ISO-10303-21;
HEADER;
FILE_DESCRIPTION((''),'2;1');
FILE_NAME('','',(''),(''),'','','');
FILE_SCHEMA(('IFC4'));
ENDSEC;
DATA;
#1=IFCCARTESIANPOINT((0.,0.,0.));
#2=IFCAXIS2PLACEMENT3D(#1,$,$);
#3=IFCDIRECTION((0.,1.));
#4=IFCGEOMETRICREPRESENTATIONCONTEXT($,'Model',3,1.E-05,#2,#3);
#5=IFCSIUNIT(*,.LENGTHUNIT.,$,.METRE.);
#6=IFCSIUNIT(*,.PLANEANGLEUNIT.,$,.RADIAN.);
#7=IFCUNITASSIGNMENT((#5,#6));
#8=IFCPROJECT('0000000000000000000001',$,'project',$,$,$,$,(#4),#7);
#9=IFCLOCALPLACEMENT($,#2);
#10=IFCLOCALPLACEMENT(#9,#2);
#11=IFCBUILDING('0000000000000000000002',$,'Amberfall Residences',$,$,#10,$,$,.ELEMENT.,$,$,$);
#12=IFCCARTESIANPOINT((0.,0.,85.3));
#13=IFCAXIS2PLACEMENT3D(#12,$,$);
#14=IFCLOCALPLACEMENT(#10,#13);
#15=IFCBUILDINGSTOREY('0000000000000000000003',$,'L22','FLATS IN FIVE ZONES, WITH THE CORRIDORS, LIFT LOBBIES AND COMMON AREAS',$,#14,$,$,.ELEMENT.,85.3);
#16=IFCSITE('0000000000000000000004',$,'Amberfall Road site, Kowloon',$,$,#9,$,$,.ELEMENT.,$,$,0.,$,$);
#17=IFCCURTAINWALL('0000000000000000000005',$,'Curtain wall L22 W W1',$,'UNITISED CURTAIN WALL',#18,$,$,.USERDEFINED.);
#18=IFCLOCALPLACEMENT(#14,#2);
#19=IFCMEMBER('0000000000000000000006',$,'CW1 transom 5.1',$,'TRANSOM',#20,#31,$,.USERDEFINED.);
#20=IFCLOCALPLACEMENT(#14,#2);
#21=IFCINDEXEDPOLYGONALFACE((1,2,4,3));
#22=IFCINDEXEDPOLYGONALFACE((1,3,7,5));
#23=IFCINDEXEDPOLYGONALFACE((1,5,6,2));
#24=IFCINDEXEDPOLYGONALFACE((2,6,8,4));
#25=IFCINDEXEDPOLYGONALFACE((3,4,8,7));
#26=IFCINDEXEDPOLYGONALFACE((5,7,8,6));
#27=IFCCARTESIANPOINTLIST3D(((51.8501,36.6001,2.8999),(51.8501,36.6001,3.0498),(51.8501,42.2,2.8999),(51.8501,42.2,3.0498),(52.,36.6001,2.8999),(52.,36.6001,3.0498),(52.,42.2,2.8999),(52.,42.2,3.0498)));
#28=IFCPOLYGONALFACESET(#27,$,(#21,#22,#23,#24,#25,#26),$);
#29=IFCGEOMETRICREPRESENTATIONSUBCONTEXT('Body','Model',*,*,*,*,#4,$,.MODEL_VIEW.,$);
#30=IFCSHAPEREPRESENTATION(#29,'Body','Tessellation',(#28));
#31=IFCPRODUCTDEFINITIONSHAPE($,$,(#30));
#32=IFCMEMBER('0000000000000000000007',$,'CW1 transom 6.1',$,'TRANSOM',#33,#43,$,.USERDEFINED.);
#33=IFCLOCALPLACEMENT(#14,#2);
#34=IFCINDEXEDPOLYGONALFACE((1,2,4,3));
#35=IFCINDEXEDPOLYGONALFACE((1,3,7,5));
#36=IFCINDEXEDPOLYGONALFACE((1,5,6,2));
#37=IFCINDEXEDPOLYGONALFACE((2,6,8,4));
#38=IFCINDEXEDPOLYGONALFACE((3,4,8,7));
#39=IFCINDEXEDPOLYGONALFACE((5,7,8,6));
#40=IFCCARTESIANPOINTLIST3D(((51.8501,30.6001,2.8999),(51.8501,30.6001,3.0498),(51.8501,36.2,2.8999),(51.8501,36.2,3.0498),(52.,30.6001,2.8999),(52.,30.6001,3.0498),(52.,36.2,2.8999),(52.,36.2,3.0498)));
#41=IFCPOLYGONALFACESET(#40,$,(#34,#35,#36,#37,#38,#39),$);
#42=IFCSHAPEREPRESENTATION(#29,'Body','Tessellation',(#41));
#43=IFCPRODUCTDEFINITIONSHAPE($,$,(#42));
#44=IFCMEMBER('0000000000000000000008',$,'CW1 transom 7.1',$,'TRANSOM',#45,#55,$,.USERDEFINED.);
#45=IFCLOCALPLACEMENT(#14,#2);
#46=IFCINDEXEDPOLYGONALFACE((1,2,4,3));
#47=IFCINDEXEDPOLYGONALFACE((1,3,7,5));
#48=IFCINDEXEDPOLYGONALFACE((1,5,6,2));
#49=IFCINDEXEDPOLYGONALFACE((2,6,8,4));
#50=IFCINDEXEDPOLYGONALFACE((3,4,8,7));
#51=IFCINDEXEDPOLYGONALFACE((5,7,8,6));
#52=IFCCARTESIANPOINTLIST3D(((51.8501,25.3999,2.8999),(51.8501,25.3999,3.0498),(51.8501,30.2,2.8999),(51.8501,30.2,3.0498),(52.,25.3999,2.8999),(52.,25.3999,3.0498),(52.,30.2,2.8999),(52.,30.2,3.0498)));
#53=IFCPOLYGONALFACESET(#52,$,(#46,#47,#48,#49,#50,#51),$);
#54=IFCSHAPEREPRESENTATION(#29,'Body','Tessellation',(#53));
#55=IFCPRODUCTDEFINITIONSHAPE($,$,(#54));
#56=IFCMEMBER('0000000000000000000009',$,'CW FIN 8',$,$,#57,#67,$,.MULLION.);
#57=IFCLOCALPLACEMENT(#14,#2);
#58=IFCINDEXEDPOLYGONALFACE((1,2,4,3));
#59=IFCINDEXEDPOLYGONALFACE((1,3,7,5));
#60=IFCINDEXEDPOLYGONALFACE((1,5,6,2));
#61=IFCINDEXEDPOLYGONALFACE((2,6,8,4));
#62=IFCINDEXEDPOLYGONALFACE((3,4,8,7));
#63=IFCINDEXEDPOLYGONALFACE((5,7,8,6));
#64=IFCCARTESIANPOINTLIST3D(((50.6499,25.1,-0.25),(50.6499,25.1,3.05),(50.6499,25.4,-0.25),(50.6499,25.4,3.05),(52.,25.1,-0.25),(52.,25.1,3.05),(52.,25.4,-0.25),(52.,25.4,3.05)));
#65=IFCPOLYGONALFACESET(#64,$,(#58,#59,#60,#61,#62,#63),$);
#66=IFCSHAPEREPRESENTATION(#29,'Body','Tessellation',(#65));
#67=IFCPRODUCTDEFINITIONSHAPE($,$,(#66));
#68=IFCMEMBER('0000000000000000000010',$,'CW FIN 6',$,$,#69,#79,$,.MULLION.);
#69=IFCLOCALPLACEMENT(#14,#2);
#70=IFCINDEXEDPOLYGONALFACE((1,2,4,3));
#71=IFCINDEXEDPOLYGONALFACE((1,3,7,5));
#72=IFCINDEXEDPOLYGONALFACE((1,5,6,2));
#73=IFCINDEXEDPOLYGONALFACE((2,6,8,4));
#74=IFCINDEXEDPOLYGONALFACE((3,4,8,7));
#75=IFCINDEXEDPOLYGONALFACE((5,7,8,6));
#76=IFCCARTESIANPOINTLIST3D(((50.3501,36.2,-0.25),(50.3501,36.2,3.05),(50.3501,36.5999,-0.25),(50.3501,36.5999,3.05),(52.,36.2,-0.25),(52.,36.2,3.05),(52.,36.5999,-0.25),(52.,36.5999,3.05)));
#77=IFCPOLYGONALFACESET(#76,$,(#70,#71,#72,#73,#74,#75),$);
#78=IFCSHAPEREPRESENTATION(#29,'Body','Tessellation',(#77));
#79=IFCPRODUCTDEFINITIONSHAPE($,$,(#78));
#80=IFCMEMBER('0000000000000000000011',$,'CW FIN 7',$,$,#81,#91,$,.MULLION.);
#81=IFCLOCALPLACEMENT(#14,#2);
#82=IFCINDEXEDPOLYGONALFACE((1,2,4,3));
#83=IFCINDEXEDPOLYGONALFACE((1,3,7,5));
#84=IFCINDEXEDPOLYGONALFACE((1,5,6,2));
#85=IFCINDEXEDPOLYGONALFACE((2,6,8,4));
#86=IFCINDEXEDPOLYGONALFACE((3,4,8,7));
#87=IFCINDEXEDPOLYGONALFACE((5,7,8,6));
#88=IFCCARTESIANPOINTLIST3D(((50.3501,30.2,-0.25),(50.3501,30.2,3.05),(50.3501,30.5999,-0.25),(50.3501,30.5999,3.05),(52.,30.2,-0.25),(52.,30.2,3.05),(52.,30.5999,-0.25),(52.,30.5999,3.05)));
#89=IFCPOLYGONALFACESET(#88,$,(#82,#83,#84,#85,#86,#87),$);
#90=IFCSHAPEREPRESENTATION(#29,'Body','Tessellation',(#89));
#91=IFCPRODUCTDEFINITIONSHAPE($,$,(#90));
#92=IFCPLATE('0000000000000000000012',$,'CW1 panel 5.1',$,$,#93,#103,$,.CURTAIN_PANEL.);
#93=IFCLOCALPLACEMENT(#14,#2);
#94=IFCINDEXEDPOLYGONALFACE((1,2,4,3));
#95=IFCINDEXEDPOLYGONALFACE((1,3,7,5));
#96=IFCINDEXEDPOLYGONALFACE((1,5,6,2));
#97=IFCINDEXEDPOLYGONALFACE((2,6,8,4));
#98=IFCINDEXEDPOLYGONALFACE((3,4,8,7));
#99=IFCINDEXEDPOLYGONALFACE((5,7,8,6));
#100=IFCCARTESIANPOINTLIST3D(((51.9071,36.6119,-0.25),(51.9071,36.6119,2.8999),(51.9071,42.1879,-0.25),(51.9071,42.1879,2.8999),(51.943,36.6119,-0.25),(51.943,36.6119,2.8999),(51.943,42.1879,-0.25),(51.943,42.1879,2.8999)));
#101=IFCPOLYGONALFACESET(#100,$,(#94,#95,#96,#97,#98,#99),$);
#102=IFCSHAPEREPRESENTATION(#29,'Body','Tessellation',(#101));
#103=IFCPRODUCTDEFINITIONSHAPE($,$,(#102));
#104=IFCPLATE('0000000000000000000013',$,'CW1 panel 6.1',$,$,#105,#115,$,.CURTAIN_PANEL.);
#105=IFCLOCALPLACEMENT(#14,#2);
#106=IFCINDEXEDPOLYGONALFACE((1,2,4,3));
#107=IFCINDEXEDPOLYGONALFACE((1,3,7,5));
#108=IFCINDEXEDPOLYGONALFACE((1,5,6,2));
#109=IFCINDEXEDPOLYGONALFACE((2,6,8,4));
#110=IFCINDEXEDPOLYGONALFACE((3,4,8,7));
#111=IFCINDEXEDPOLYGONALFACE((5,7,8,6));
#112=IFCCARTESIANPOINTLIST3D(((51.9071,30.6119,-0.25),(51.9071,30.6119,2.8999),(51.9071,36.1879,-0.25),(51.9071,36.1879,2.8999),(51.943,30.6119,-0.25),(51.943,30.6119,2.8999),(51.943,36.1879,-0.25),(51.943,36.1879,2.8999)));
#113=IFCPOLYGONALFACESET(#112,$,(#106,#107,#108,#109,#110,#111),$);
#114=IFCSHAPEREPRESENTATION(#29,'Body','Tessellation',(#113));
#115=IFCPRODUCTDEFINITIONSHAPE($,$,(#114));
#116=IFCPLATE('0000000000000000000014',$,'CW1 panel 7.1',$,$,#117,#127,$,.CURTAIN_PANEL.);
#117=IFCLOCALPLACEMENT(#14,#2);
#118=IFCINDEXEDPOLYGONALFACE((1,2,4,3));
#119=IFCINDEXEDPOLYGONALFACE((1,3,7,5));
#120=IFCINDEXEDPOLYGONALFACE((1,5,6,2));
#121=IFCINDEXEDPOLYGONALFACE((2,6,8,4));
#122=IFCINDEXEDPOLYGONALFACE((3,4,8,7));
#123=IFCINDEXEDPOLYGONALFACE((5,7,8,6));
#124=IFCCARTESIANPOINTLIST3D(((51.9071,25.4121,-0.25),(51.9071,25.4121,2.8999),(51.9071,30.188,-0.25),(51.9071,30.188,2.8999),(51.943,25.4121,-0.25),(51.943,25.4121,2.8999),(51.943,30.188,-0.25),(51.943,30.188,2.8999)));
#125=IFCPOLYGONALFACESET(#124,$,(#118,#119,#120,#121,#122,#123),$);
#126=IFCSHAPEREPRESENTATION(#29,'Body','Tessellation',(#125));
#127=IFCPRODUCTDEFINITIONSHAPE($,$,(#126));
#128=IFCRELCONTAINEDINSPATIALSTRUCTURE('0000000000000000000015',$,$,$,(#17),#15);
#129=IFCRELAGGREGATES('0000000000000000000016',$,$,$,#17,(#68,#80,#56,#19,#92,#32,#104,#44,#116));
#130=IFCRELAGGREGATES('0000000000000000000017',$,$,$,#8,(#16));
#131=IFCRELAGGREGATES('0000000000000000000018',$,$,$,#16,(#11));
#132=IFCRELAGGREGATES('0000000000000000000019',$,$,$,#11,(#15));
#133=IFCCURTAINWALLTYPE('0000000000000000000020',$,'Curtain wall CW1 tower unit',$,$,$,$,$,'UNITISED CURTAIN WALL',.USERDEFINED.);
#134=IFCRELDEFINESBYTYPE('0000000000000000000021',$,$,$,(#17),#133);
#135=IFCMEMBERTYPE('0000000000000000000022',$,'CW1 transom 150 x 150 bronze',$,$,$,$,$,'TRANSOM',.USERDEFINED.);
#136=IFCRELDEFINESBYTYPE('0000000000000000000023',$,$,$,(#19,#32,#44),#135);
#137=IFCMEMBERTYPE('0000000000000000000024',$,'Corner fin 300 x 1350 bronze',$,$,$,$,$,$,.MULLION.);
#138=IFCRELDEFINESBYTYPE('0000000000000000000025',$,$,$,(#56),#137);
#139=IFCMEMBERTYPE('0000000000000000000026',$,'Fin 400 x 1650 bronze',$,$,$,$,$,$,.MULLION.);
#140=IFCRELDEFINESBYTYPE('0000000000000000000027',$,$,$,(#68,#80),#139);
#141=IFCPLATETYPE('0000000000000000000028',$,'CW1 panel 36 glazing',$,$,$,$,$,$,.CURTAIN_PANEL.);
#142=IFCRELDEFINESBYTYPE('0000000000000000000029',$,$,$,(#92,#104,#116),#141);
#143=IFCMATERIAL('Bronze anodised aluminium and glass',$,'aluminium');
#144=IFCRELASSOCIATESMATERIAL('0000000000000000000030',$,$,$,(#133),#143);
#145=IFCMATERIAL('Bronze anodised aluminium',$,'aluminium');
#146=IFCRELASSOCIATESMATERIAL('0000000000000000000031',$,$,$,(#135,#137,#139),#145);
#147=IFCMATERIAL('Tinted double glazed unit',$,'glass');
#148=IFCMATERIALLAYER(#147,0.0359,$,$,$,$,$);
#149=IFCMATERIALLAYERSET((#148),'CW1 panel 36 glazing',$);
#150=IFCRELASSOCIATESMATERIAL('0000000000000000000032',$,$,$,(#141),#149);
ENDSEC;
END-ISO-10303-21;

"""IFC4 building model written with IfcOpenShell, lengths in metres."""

from ifc_helpers import new_model, si_unit, direction, frame, origin, origin_2d, place, context, subcontext, project, spatial, rectangle, extrude, material, layer, layer_set, material_profile, profile_set, type_object, element, aggregate, save


model = new_model("IFC4")

# Units and contexts
model_context = context("Model", 3, precision=1e-05, world=origin(), true_north=direction((0.0, 1.0)))
body_context = subcontext(model_context, "Body", "Model", "MODEL_VIEW")
ifc_project = project(units=[si_unit("LENGTHUNIT", "METRE"), si_unit("PLANEANGLEUNIT", "RADIAN")], contexts=[model_context])

# Site, building, storey
site_placement = place(None, origin())
site = spatial("IfcSite", under=ifc_project, at=site_placement, Name="Amberfall Road site, Kowloon", CompositionType="ELEMENT", RefElevation=0.0)
building_placement = place(site_placement, origin())
building = spatial("IfcBuilding", under=site, at=building_placement, Name="Amberfall Residences", CompositionType="ELEMENT")
storey_placement = place(building_placement, frame((0.0, 0.0, 85.3)))
storey = spatial("IfcBuildingStorey", under=building, at=storey_placement, Name="L22", Description="FLATS IN FIVE ZONES, WITH THE CORRIDORS, LIFT LOBBIES AND COMMON AREAS", CompositionType="ELEMENT", Elevation=85.3)

# Curtain wall, members, plates
ifc_material_1 = material(Name="Bronze anodised aluminium and glass", Category="aluminium")
curtain_wall_type = type_object("IfcCurtainWallType", Name="Curtain wall CW1 tower unit", ElementType="UNITISED CURTAIN WALL", PredefinedType="USERDEFINED", material=ifc_material_1)
curtain_wall_placement = place(storey_placement, origin())
curtain_wall = element("IfcCurtainWall", 1, at=curtain_wall_placement, inside=storey, type_object=curtain_wall_type, Name="Curtain wall L22 W W1", ObjectType="UNITISED CURTAIN WALL", PredefinedType="USERDEFINED")
ifc_material_2 = material(Name="Bronze anodised aluminium", Category="aluminium")
ifc_material_profile_1 = material_profile(ifc_material_2, rectangle(XDim=0.1499, YDim=0.1499, at=origin_2d()), Name="CW1 transom 150 x 150 bronze")
ifc_profile_set_1 = profile_set([ifc_material_profile_1], Name="Bronze anodised aluminium")
member_type_1 = type_object("IfcMemberType", Name="CW1 transom 150 x 150 bronze", ElementType="TRANSOM", PredefinedType="USERDEFINED", material=ifc_profile_set_1)
member_1_placement = place(storey_placement, frame((51.925, 42.2, 2.9749), z_axis=(0.0, -1.0, 0.0), x_axis=(1.0, 0.0, 0.0)))
member_1 = element("IfcMember", 2, at=member_1_placement, type_object=member_type_1, Name="CW1 transom 5.1", ObjectType="TRANSOM", PredefinedType="USERDEFINED", context=body_context, shape_type="SweptSolid", body=[
    extrude(rectangle(XDim=0.1499, YDim=0.1499, at=origin_2d()), origin(), (0.0, 0.0, 1.0), 5.5999),
])
member_2_placement = place(storey_placement, frame((51.925, 36.2, 2.9749), z_axis=(0.0, -1.0, 0.0), x_axis=(1.0, 0.0, 0.0)))
member_2 = element("IfcMember", 3, at=member_2_placement, type_object=member_type_1, Name="CW1 transom 6.1", ObjectType="TRANSOM", PredefinedType="USERDEFINED", context=body_context, shape_type="SweptSolid", body=[
    extrude(rectangle(XDim=0.1499, YDim=0.1499, at=origin_2d()), origin(), (0.0, 0.0, 1.0), 5.5999),
])
member_3_placement = place(storey_placement, frame((51.925, 30.2, 2.9749), z_axis=(0.0, -1.0, 0.0), x_axis=(1.0, 0.0, 0.0)))
member_3 = element("IfcMember", 4, at=member_3_placement, type_object=member_type_1, Name="CW1 transom 7.1", ObjectType="TRANSOM", PredefinedType="USERDEFINED", context=body_context, shape_type="SweptSolid", body=[
    extrude(rectangle(XDim=0.1499, YDim=0.1499, at=origin_2d()), origin(), (0.0, 0.0, 1.0), 4.8),
])
ifc_material_profile_2 = material_profile(ifc_material_2, rectangle(XDim=1.3501, YDim=0.3, at=origin_2d()), Name="Corner fin 300 x 1350 bronze")
ifc_profile_set_2 = profile_set([ifc_material_profile_2], Name="Bronze anodised aluminium")
member_type_2 = type_object("IfcMemberType", Name="Corner fin 300 x 1350 bronze", PredefinedType="MULLION", material=ifc_profile_set_2)
member_4_placement = place(storey_placement, frame((51.325, 25.25, -0.25), z_axis=(0.0, 0.0, 1.0), x_axis=(1.0, 0.0, 0.0)))
member_4 = element("IfcMember", 5, at=member_4_placement, type_object=member_type_2, Name="CW FIN 8", PredefinedType="MULLION", context=body_context, shape_type="SweptSolid", body=[
    extrude(rectangle(XDim=1.3501, YDim=0.3, at=origin_2d()), origin(), (0.0, 0.0, 1.0), 3.3),
])
ifc_material_profile_3 = material_profile(ifc_material_2, rectangle(XDim=1.6499, YDim=0.3999, at=origin_2d()), Name="Fin 400 x 1650 bronze")
ifc_profile_set_3 = profile_set([ifc_material_profile_3], Name="Bronze anodised aluminium")
member_type_3 = type_object("IfcMemberType", Name="Fin 400 x 1650 bronze", PredefinedType="MULLION", material=ifc_profile_set_3)
member_5_placement = place(storey_placement, frame((51.175, 36.3999, -0.25), z_axis=(0.0, 0.0, 1.0), x_axis=(1.0, 0.0, 0.0)))
member_5 = element("IfcMember", 6, at=member_5_placement, type_object=member_type_3, Name="CW FIN 6", PredefinedType="MULLION", context=body_context, shape_type="SweptSolid", body=[
    extrude(rectangle(XDim=1.6499, YDim=0.3999, at=origin_2d()), origin(), (0.0, 0.0, 1.0), 3.3),
])
member_6_placement = place(storey_placement, frame((51.175, 30.3999, -0.25), z_axis=(0.0, 0.0, 1.0), x_axis=(1.0, 0.0, 0.0)))
member_6 = element("IfcMember", 7, at=member_6_placement, type_object=member_type_3, Name="CW FIN 7", PredefinedType="MULLION", context=body_context, shape_type="SweptSolid", body=[
    extrude(rectangle(XDim=1.6499, YDim=0.3999, at=origin_2d()), origin(), (0.0, 0.0, 1.0), 3.3),
])
ifc_material_3 = material(Name="Tinted double glazed unit", Category="glass")
ifc_layer_1 = layer(ifc_material_3, 0.0359)
ifc_layer_set_1 = layer_set([ifc_layer_1], Name="CW1 panel 36 glazing")
plate_type = type_object("IfcPlateType", Name="CW1 panel 36 glazing", PredefinedType="CURTAIN_PANEL", material=ifc_layer_set_1)
plate_1_placement = place(storey_placement, frame((51.925, 39.3999, -0.25), z_axis=(0.0, 0.0, 1.0), x_axis=(0.0, -1.0, 0.0)))
plate_1 = element("IfcPlate", 8, at=plate_1_placement, type_object=plate_type, Name="CW1 panel 5.1", PredefinedType="CURTAIN_PANEL", context=body_context, shape_type="SweptSolid", body=[
    extrude(rectangle(XDim=5.5759, YDim=0.0359, at=origin_2d()), origin(), (0.0, 0.0, 1.0), 3.1499),
])
plate_2_placement = place(storey_placement, frame((51.925, 33.3999, -0.25), z_axis=(0.0, 0.0, 1.0), x_axis=(0.0, -1.0, 0.0)))
plate_2 = element("IfcPlate", 9, at=plate_2_placement, type_object=plate_type, Name="CW1 panel 6.1", PredefinedType="CURTAIN_PANEL", context=body_context, shape_type="SweptSolid", body=[
    extrude(rectangle(XDim=5.5759, YDim=0.0359, at=origin_2d()), origin(), (0.0, 0.0, 1.0), 3.1499),
])
plate_3_placement = place(storey_placement, frame((51.925, 27.8, -0.25), z_axis=(0.0, 0.0, 1.0), x_axis=(0.0, -1.0, 0.0)))
plate_3 = element("IfcPlate", 10, at=plate_3_placement, type_object=plate_type, Name="CW1 panel 7.1", PredefinedType="CURTAIN_PANEL", context=body_context, shape_type="SweptSolid", body=[
    extrude(rectangle(XDim=4.7759, YDim=0.0359, at=origin_2d()), origin(), (0.0, 0.0, 1.0), 3.1499),
])
aggregate(curtain_wall, [member_5, member_6, member_4, member_1, plate_1, member_2, plate_2, member_3, plate_3])

save(model, "model.ifc")
